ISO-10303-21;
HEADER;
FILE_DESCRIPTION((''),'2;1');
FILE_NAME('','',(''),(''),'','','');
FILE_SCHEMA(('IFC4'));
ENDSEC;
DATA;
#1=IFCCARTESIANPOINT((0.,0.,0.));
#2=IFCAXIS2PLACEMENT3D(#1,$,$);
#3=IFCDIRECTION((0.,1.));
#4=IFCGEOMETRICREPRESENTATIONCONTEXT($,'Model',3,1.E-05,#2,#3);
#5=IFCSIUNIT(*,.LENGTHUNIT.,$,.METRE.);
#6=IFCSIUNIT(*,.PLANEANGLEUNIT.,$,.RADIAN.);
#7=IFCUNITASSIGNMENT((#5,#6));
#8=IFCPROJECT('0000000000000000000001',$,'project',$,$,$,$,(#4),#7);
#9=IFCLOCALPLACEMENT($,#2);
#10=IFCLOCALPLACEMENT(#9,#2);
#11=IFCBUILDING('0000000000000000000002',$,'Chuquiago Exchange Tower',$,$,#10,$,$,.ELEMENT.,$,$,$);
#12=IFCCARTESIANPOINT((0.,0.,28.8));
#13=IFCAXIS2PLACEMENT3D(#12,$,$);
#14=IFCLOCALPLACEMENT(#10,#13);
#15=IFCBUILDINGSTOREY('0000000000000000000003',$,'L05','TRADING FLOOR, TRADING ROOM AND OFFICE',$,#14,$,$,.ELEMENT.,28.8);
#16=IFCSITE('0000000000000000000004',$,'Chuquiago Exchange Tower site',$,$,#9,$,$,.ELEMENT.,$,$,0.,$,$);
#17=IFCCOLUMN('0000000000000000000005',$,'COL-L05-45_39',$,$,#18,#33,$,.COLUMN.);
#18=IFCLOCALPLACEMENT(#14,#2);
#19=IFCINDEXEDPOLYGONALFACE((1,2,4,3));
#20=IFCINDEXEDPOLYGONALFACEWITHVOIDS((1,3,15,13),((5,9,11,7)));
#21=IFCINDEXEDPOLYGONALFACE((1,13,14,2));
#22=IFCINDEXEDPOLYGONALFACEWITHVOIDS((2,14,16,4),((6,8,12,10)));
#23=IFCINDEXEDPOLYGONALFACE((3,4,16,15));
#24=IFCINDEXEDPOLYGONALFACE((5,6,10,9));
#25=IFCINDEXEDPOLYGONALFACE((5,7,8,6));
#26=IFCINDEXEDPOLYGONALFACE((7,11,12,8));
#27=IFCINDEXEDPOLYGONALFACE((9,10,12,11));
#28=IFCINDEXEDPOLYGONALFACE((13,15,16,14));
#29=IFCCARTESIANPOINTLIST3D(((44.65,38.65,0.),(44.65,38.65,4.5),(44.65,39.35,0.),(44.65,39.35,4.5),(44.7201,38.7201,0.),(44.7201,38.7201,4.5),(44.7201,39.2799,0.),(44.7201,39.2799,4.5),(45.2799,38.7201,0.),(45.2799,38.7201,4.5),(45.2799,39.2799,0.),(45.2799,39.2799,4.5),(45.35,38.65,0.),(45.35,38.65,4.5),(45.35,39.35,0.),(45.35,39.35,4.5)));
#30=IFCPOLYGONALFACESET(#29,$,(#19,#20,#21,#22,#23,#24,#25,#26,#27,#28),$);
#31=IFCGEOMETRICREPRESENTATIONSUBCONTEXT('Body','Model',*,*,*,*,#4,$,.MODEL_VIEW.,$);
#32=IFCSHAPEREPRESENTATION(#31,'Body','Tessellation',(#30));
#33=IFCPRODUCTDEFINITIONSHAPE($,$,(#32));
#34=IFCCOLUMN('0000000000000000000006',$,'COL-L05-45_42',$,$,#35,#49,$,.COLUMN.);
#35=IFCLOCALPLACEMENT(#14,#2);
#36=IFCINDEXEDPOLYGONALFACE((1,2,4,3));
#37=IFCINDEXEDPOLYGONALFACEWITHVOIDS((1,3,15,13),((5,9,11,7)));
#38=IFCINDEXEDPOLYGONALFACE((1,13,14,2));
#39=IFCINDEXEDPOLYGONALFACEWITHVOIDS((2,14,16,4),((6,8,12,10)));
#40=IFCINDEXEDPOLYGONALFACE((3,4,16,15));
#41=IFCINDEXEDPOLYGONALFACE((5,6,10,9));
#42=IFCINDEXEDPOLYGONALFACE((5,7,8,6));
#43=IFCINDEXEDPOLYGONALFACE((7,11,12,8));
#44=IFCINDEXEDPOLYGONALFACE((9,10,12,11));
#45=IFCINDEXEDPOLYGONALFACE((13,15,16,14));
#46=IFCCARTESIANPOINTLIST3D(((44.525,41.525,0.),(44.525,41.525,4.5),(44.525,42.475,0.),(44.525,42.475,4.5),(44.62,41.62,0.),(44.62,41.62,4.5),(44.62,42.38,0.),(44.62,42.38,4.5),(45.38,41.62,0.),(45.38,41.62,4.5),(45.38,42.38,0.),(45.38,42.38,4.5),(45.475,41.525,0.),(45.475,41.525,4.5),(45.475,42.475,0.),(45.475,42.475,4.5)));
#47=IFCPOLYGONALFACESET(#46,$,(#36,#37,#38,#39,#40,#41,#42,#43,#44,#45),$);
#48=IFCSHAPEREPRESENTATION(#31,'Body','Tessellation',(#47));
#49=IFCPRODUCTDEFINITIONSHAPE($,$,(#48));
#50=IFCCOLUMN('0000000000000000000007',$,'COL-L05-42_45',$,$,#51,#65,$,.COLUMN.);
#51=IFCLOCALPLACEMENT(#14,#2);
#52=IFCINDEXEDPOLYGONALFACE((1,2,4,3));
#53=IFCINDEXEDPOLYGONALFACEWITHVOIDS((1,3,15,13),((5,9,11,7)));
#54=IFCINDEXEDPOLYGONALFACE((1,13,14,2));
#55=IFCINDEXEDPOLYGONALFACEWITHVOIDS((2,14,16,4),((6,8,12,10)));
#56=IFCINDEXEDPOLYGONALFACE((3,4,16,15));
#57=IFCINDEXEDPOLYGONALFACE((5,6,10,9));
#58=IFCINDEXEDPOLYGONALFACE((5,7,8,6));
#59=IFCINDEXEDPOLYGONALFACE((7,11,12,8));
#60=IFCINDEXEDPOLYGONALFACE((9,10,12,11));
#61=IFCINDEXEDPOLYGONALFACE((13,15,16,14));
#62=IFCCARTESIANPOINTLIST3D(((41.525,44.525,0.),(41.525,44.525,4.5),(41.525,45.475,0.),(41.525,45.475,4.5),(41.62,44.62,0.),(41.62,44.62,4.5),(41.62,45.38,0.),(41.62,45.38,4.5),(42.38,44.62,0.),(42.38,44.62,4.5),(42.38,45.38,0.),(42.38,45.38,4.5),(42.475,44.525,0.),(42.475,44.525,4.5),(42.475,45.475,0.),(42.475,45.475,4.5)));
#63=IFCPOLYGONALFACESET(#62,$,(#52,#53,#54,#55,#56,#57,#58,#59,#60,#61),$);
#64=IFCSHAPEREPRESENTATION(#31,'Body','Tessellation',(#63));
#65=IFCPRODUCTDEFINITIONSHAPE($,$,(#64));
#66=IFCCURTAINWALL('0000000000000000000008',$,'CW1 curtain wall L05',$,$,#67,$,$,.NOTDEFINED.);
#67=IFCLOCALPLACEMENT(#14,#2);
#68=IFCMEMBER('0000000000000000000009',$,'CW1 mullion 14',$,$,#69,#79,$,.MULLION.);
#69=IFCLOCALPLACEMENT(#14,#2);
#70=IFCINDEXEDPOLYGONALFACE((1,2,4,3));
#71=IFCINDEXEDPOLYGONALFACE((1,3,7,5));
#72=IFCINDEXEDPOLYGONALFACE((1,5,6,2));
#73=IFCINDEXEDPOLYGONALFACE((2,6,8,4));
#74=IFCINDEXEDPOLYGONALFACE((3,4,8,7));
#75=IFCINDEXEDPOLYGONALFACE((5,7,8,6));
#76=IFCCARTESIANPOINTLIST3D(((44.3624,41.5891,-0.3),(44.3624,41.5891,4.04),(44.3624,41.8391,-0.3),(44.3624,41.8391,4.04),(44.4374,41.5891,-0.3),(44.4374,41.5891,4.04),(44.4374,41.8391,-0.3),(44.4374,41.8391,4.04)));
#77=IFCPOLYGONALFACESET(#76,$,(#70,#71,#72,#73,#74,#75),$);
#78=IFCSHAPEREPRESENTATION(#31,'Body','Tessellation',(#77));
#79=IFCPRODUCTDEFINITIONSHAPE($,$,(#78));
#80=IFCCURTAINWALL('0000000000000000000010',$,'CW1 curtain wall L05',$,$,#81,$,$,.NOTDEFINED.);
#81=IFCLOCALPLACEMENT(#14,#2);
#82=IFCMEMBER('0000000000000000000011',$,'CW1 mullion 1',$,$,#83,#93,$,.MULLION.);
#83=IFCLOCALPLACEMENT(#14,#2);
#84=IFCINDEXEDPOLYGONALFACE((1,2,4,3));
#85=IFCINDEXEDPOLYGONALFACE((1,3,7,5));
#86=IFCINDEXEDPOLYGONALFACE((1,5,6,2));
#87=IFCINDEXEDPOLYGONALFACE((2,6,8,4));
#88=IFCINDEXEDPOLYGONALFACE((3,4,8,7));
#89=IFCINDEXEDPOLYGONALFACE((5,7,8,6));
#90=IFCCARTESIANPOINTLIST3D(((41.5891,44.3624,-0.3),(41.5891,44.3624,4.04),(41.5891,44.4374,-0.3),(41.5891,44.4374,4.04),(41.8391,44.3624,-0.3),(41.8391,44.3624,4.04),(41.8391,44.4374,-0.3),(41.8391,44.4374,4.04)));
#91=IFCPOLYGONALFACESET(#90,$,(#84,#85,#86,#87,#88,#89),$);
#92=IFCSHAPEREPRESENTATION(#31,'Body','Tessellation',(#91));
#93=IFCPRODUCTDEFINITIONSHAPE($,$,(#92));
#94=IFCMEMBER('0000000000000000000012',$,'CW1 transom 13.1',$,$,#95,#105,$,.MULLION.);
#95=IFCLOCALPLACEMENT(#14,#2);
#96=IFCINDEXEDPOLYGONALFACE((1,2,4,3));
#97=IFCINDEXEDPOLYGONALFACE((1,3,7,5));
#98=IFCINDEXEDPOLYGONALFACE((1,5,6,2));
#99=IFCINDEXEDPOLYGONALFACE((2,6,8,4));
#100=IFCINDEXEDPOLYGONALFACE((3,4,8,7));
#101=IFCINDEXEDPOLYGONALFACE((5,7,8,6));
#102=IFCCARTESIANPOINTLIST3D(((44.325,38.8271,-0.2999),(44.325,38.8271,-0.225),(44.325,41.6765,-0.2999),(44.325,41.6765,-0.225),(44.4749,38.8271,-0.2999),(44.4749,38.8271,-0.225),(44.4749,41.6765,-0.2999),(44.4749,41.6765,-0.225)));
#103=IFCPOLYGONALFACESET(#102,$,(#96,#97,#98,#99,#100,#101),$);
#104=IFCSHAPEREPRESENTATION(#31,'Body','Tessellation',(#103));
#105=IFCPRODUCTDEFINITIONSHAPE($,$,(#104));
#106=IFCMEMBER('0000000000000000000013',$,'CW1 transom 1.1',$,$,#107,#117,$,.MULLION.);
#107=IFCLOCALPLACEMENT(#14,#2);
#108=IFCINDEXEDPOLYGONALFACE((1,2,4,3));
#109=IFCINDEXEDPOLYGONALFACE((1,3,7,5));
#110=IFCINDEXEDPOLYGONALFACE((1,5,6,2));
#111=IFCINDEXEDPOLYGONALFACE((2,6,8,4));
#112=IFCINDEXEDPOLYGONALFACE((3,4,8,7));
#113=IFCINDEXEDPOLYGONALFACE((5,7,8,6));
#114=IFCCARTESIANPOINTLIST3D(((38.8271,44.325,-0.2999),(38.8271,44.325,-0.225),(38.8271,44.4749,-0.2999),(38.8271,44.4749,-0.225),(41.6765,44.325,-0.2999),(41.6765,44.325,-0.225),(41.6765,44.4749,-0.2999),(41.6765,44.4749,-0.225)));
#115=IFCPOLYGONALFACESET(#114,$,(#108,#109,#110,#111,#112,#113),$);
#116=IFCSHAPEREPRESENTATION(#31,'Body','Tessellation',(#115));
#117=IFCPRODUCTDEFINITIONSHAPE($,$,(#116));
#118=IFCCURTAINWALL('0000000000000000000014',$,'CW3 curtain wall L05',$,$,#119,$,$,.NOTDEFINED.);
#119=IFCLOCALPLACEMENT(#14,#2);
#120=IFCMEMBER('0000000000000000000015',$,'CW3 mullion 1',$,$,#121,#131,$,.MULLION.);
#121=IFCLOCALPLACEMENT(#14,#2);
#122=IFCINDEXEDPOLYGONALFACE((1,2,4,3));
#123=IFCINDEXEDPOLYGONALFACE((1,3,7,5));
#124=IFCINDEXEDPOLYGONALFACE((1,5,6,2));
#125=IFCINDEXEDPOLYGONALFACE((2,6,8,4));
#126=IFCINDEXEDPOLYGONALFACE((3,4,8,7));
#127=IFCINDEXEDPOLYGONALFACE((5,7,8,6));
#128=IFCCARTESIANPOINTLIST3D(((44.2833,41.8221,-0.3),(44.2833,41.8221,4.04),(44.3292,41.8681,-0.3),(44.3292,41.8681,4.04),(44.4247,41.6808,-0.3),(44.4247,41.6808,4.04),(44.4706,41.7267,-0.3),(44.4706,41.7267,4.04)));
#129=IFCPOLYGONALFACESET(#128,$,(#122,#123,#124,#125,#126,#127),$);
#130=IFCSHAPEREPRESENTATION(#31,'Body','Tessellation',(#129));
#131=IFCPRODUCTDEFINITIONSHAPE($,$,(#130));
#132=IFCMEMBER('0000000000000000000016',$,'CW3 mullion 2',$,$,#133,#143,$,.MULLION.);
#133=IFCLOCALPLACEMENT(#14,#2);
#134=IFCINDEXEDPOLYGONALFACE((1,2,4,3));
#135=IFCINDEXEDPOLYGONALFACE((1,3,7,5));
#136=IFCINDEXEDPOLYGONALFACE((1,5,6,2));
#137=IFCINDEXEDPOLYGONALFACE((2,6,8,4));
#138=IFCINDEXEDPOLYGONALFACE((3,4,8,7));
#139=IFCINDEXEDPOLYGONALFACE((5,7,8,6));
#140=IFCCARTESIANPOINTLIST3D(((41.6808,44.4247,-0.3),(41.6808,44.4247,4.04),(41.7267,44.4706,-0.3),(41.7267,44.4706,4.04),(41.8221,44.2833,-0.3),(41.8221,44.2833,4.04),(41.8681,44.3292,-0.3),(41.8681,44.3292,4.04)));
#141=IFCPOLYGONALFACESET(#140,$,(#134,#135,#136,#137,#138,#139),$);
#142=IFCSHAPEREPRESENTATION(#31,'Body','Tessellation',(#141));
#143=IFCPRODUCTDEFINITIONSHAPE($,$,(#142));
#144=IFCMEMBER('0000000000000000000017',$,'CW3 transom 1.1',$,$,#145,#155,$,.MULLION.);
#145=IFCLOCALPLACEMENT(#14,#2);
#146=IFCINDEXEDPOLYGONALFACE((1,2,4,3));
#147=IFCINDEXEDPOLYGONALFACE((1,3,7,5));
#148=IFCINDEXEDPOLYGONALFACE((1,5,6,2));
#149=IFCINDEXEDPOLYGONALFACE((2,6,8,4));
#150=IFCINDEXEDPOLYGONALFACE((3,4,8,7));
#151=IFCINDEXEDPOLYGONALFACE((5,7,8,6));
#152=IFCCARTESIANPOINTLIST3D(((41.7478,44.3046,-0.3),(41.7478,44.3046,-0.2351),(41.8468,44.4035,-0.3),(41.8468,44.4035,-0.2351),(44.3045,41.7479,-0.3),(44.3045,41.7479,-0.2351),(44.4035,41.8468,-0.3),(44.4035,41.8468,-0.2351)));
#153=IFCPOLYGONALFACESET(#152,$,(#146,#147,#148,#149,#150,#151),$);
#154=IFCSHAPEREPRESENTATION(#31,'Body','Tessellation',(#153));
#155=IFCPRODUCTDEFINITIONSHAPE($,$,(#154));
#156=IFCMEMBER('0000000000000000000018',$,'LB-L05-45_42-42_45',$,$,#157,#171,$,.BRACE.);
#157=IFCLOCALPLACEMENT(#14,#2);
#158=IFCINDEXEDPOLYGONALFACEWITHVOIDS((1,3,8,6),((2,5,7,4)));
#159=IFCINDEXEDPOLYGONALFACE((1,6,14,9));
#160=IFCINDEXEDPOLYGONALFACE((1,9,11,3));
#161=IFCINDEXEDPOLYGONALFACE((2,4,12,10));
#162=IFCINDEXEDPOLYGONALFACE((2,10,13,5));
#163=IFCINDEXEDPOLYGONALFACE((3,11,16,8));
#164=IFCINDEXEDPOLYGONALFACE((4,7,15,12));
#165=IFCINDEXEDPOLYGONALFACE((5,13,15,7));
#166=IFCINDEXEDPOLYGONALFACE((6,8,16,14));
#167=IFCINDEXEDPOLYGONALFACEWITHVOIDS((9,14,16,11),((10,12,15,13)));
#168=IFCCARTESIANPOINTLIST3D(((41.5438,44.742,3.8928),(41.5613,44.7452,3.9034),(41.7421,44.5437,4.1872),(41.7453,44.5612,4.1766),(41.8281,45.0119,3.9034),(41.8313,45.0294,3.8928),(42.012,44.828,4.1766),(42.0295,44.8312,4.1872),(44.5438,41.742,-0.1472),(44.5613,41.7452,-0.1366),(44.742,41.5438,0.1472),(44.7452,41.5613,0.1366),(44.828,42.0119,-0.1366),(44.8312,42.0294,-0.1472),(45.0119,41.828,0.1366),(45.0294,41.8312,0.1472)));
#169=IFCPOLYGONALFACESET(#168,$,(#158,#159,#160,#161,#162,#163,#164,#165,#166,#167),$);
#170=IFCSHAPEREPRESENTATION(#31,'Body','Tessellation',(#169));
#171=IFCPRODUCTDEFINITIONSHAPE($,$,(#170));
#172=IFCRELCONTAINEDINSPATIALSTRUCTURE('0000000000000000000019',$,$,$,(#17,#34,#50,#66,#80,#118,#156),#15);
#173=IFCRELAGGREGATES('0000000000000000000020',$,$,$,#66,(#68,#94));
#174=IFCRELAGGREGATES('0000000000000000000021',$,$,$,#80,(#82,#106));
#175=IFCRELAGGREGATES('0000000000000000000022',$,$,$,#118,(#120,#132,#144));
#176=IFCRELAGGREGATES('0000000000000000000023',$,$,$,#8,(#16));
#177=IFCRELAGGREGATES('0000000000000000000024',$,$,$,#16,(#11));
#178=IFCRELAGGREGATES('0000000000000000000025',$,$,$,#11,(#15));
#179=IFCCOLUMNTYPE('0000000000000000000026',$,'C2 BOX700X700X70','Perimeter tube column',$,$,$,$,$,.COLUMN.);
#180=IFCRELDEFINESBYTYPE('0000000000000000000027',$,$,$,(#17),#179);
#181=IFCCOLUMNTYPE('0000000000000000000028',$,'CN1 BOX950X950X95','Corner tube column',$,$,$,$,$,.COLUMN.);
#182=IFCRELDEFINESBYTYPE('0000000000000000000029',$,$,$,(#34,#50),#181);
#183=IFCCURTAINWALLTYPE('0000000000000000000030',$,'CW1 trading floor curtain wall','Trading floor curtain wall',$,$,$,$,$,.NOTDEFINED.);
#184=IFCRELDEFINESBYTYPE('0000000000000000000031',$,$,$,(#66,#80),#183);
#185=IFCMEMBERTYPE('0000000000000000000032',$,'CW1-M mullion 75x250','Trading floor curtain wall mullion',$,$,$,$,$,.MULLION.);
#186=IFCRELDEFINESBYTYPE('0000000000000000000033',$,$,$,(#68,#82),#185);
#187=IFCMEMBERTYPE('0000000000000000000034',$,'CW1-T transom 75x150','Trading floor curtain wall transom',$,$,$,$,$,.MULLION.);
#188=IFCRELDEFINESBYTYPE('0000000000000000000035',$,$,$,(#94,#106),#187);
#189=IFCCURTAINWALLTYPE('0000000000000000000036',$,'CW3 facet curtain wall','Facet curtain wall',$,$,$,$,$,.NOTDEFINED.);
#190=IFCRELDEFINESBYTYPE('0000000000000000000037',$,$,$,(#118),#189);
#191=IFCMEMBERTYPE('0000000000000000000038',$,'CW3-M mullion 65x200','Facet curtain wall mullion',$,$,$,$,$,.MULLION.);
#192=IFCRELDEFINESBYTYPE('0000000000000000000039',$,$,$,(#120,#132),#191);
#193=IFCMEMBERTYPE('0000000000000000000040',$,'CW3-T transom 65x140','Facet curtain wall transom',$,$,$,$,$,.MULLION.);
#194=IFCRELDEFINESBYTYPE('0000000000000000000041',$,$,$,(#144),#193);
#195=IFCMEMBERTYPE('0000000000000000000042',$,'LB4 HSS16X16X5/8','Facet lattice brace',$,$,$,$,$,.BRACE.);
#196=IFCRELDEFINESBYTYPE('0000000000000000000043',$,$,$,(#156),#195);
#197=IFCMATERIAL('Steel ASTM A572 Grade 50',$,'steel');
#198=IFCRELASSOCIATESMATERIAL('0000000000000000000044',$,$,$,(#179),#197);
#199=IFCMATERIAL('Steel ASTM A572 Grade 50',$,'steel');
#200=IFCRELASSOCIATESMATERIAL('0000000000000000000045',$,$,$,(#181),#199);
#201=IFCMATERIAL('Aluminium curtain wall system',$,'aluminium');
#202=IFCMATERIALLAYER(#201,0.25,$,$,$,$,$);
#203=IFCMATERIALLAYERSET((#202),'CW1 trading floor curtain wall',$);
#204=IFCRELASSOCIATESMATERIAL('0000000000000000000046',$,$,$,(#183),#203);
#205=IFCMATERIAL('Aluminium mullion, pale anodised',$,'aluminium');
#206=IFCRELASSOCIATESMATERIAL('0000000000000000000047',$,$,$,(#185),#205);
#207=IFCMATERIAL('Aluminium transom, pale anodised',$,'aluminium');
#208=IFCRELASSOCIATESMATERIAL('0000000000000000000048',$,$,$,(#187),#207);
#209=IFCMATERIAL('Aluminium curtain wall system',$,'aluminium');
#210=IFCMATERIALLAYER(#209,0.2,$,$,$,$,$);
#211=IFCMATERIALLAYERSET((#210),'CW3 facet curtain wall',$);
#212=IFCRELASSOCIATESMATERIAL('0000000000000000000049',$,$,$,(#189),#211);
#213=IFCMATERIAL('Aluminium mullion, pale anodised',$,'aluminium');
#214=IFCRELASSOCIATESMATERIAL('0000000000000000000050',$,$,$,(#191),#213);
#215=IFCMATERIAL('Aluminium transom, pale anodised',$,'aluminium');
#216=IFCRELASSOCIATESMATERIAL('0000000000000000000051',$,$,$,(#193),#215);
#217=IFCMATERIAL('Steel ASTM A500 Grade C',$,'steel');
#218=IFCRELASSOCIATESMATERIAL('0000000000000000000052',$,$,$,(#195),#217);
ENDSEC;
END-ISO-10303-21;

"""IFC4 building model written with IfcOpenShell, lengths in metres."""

from ifc_helpers import new_model, si_unit, direction, frame, origin, origin_2d, place, context, subcontext, project, spatial, rectangle, hollow_rectangle, extrude, material, layer, layer_set, material_profile, profile_set, type_object, element, aggregate, save


model = new_model("IFC4")

# Units and contexts
model_context = context("Model", 3, precision=1e-05, world=origin(), true_north=direction((0.0, 1.0)))
body_context = subcontext(model_context, "Body", "Model", "MODEL_VIEW")
ifc_project = project(units=[si_unit("LENGTHUNIT", "METRE"), si_unit("PLANEANGLEUNIT", "RADIAN")], contexts=[model_context])

# Site, building, storey
site_placement = place(None, origin())
site = spatial("IfcSite", under=ifc_project, at=site_placement, Name="Chuquiago Exchange Tower site", CompositionType="ELEMENT", RefElevation=0.0)
building_placement = place(site_placement, origin())
building = spatial("IfcBuilding", under=site, at=building_placement, Name="Chuquiago Exchange Tower", CompositionType="ELEMENT")
storey_placement = place(building_placement, frame((0.0, 0.0, 28.8)))
storey = spatial("IfcBuildingStorey", under=building, at=storey_placement, Name="L05", Description="TRADING FLOOR, TRADING ROOM AND OFFICE", CompositionType="ELEMENT", Elevation=28.8)

# Columns
ifc_material_1 = material(Name="Steel ASTM A572 Grade 50", Category="steel")
ifc_material_profile_1 = material_profile(ifc_material_1, hollow_rectangle(XDim=0.7, YDim=0.7, WallThickness=0.0701, at=origin_2d()), Name="BOX700X700X70")
ifc_profile_set_1 = profile_set([ifc_material_profile_1], Name="Steel ASTM A572 Grade 50")
column_type_1 = type_object("IfcColumnType", Name="C2 BOX700X700X70", Description="Perimeter tube column", PredefinedType="COLUMN", material=ifc_profile_set_1)
column_placement = place(storey_placement, frame((45.0, 39.0, 0.0), z_axis=(0.0, 0.0, 1.0), x_axis=(1.0, 0.0, 0.0)))
element("IfcColumn", 1, at=column_placement, inside=storey, type_object=column_type_1, Name="COL-L05-45_39", PredefinedType="COLUMN", context=body_context, shape_type="SweptSolid", body=[
    extrude(hollow_rectangle(XDim=0.7, YDim=0.7, WallThickness=0.0701, at=origin_2d()), origin(), (0.0, 0.0, 1.0), 4.5),
])
ifc_material_2 = material(Name="Steel ASTM A572 Grade 50", Category="steel")
ifc_material_profile_2 = material_profile(ifc_material_2, hollow_rectangle(XDim=0.95, YDim=0.95, WallThickness=0.095, at=origin_2d()), Name="BOX950X950X95")
ifc_profile_set_2 = profile_set([ifc_material_profile_2], Name="Steel ASTM A572 Grade 50")
column_type_2 = type_object("IfcColumnType", Name="CN1 BOX950X950X95", Description="Corner tube column", PredefinedType="COLUMN", material=ifc_profile_set_2)
for number, where, z_axis, x_axis, name in (
    (2, (45.0, 42.0, 0.0), (0.0, 0.0, 1.0), (1.0, 0.0, 0.0), "COL-L05-45_42"),
    (3, (42.0, 45.0, 0.0), (0.0, 0.0, 1.0), (0.0, 1.0, 0.0), "COL-L05-42_45"),
):
    element("IfcColumn", number, at=place(storey_placement, frame(where, z_axis=z_axis, x_axis=x_axis)), inside=storey, type_object=column_type_2, Name=name, PredefinedType="COLUMN", context=body_context, shape_type="SweptSolid", body=[
        extrude(hollow_rectangle(XDim=0.95, YDim=0.95, WallThickness=0.095, at=origin_2d()), origin(), (0.0, 0.0, 1.0), 4.5),
    ])

# Curtain walls, members
ifc_material_3 = material(Name="Aluminium curtain wall system", Category="aluminium")
ifc_layer_1 = layer(ifc_material_3, 0.25)
ifc_layer_set_1 = layer_set([ifc_layer_1], Name="CW1 trading floor curtain wall")
curtain_wall_type_1 = type_object("IfcCurtainWallType", Name="CW1 trading floor curtain wall", Description="Trading floor curtain wall", PredefinedType="NOTDEFINED", material=ifc_layer_set_1)
curtain_wall_1_placement = place(storey_placement, origin())
curtain_wall_1 = element("IfcCurtainWall", 4, at=curtain_wall_1_placement, inside=storey, type_object=curtain_wall_type_1, Name="CW1 curtain wall L05", PredefinedType="NOTDEFINED")
ifc_material_4 = material(Name="Aluminium mullion, pale anodised", Category="aluminium")
ifc_material_profile_3 = material_profile(ifc_material_4, rectangle(XDim=0.075, YDim=0.25, at=origin_2d()), Name="AL 75x250")
ifc_profile_set_3 = profile_set([ifc_material_profile_3], Name="Aluminium mullion, pale anodised")
member_type_1 = type_object("IfcMemberType", Name="CW1-M mullion 75x250", Description="Trading floor curtain wall mullion", PredefinedType="MULLION", material=ifc_profile_set_3)
member_1_placement = place(storey_placement, frame((44.3999, 41.7141, -0.3), z_axis=(0.0, 0.0, 1.0), x_axis=(-1.0, 0.0, 0.0)))
member_1 = element("IfcMember", 5, at=member_1_placement, type_object=member_type_1, Name="CW1 mullion 14", PredefinedType="MULLION", context=body_context, shape_type="SweptSolid", body=[
    extrude(rectangle(XDim=0.075, YDim=0.25, at=origin_2d()), origin(), (0.0, 0.0, 1.0), 4.3401),
])
curtain_wall_2_placement = place(storey_placement, origin())
curtain_wall_2 = element("IfcCurtainWall", 6, at=curtain_wall_2_placement, inside=storey, type_object=curtain_wall_type_1, Name="CW1 curtain wall L05", PredefinedType="NOTDEFINED")
member_2_placement = place(storey_placement, frame((41.7141, 44.3999, -0.3), z_axis=(0.0, 0.0, 1.0), x_axis=(0.0, -1.0, 0.0)))
member_2 = element("IfcMember", 7, at=member_2_placement, type_object=member_type_1, Name="CW1 mullion 1", PredefinedType="MULLION", context=body_context, shape_type="SweptSolid", body=[
    extrude(rectangle(XDim=0.075, YDim=0.25, at=origin_2d()), origin(), (0.0, 0.0, 1.0), 4.3401),
])

# Members
ifc_material_5 = material(Name="Aluminium transom, pale anodised", Category="aluminium")
ifc_material_profile_4 = material_profile(ifc_material_5, rectangle(XDim=0.1499, YDim=0.075, at=origin_2d()), Name="AL 150x75")
ifc_profile_set_4 = profile_set([ifc_material_profile_4], Name="Aluminium transom, pale anodised")
member_type_2 = type_object("IfcMemberType", Name="CW1-T transom 75x150", Description="Trading floor curtain wall transom", PredefinedType="MULLION", material=ifc_profile_set_4)
member_3_placement = place(storey_placement, frame((44.3999, 38.8271, -0.2625), z_axis=(0.0, 1.0, 0.0), x_axis=(-1.0, 0.0, 0.0)))
member_3 = element("IfcMember", 8, at=member_3_placement, type_object=member_type_2, Name="CW1 transom 13.1", PredefinedType="MULLION", context=body_context, shape_type="SweptSolid", body=[
    extrude(rectangle(XDim=0.1499, YDim=0.075, at=origin_2d()), origin(), (0.0, 0.0, 1.0), 2.8494),
])
member_4_placement = place(storey_placement, frame((41.6765, 44.3999, -0.2625), z_axis=(-1.0, 0.0, 0.0), x_axis=(0.0, -1.0, 0.0)))
member_4 = element("IfcMember", 9, at=member_4_placement, type_object=member_type_2, Name="CW1 transom 1.1", PredefinedType="MULLION", context=body_context, shape_type="SweptSolid", body=[
    extrude(rectangle(XDim=0.1499, YDim=0.075, at=origin_2d()), origin(), (0.0, 0.0, 1.0), 2.8494),
])

# Curtain wall, members
ifc_material_6 = material(Name="Aluminium curtain wall system", Category="aluminium")
ifc_layer_2 = layer(ifc_material_6, 0.2)
ifc_layer_set_2 = layer_set([ifc_layer_2], Name="CW3 facet curtain wall")
curtain_wall_type_2 = type_object("IfcCurtainWallType", Name="CW3 facet curtain wall", Description="Facet curtain wall", PredefinedType="NOTDEFINED", material=ifc_layer_set_2)
curtain_wall_3_placement = place(storey_placement, origin())
curtain_wall_3 = element("IfcCurtainWall", 10, at=curtain_wall_3_placement, inside=storey, type_object=curtain_wall_type_2, Name="CW3 curtain wall L05", PredefinedType="NOTDEFINED")
ifc_material_7 = material(Name="Aluminium mullion, pale anodised", Category="aluminium")
ifc_material_profile_5 = material_profile(ifc_material_7, rectangle(XDim=0.0649, YDim=0.2, at=origin_2d()), Name="AL 65x200")
ifc_profile_set_5 = profile_set([ifc_material_profile_5], Name="Aluminium mullion, pale anodised")
member_type_3 = type_object("IfcMemberType", Name="CW3-M mullion 65x200", Description="Facet curtain wall mullion", PredefinedType="MULLION", material=ifc_profile_set_5)
member_5_placement = place(storey_placement, frame((44.377, 41.7744, -0.3), z_axis=(0.0, 0.0, 1.0), x_axis=(-0.707107, -0.707107, 0.0)))
member_5 = element("IfcMember", 11, at=member_5_placement, type_object=member_type_3, Name="CW3 mullion 1", PredefinedType="MULLION", context=body_context, shape_type="SweptSolid", body=[
    extrude(rectangle(XDim=0.0649, YDim=0.2, at=origin_2d()), origin(), (0.0, 0.0, 1.0), 4.3401),
])
member_6_placement = place(storey_placement, frame((41.7744, 44.377, -0.3), z_axis=(0.0, 0.0, 1.0), x_axis=(-0.707107, -0.707107, 0.0)))
member_6 = element("IfcMember", 12, at=member_6_placement, type_object=member_type_3, Name="CW3 mullion 2", PredefinedType="MULLION", context=body_context, shape_type="SweptSolid", body=[
    extrude(rectangle(XDim=0.0649, YDim=0.2, at=origin_2d()), origin(), (0.0, 0.0, 1.0), 4.3401),
])
ifc_material_8 = material(Name="Aluminium transom, pale anodised", Category="aluminium")
ifc_material_profile_6 = material_profile(ifc_material_8, rectangle(XDim=0.1399, YDim=0.0649, at=origin_2d()), Name="AL 140x65")
ifc_profile_set_6 = profile_set([ifc_material_profile_6], Name="Aluminium transom, pale anodised")
member_type_4 = type_object("IfcMemberType", Name="CW3-T transom 65x140", Description="Facet curtain wall transom", PredefinedType="MULLION", material=ifc_profile_set_6)
member_7_placement = place(storey_placement, frame((44.354, 41.7974, -0.2676), z_axis=(-0.707107, 0.707107, 0.0), x_axis=(-0.707107, -0.707107, 0.0)))
member_7 = element("IfcMember", 13, at=member_7_placement, type_object=member_type_4, Name="CW3 transom 1.1", PredefinedType="MULLION", context=body_context, shape_type="SweptSolid", body=[
    extrude(rectangle(XDim=0.1399, YDim=0.0649, at=origin_2d()), origin(), (0.0, 0.0, 1.0), 3.6157),
])

# Member
ifc_material_9 = material(Name="Steel ASTM A500 Grade C", Category="steel")
ifc_material_profile_7 = material_profile(ifc_material_9, hollow_rectangle(XDim=0.4065, YDim=0.4065, WallThickness=0.0146, at=origin_2d()), Name="HSS16X16X5/8")
ifc_profile_set_7 = profile_set([ifc_material_profile_7], Name="Steel ASTM A500 Grade C")
member_type_5 = type_object("IfcMemberType", Name="LB4 HSS16X16X5/8", Description="Facet lattice brace", PredefinedType="BRACE", material=ifc_profile_set_7)
member_8_placement = place(storey_placement, frame((44.7866, 41.7866, 0.0), z_axis=(-0.512077, 0.512077, 0.689604), x_axis=(-0.707107, -0.707107, 0.0)))
element("IfcMember", 14, at=member_8_placement, inside=storey, type_object=member_type_5, Name="LB-L05-45_42-42_45", PredefinedType="BRACE", context=body_context, shape_type="SweptSolid", body=[
    extrude(hollow_rectangle(XDim=0.4065, YDim=0.4065, WallThickness=0.0146, at=origin_2d()), origin(), (0.0, 0.0, 1.0), 5.8584),
])

aggregate(curtain_wall_1, [member_1, member_3])
aggregate(curtain_wall_2, [member_2, member_4])
aggregate(curtain_wall_3, [member_5, member_6, member_7])

save(model, "model.ifc")
